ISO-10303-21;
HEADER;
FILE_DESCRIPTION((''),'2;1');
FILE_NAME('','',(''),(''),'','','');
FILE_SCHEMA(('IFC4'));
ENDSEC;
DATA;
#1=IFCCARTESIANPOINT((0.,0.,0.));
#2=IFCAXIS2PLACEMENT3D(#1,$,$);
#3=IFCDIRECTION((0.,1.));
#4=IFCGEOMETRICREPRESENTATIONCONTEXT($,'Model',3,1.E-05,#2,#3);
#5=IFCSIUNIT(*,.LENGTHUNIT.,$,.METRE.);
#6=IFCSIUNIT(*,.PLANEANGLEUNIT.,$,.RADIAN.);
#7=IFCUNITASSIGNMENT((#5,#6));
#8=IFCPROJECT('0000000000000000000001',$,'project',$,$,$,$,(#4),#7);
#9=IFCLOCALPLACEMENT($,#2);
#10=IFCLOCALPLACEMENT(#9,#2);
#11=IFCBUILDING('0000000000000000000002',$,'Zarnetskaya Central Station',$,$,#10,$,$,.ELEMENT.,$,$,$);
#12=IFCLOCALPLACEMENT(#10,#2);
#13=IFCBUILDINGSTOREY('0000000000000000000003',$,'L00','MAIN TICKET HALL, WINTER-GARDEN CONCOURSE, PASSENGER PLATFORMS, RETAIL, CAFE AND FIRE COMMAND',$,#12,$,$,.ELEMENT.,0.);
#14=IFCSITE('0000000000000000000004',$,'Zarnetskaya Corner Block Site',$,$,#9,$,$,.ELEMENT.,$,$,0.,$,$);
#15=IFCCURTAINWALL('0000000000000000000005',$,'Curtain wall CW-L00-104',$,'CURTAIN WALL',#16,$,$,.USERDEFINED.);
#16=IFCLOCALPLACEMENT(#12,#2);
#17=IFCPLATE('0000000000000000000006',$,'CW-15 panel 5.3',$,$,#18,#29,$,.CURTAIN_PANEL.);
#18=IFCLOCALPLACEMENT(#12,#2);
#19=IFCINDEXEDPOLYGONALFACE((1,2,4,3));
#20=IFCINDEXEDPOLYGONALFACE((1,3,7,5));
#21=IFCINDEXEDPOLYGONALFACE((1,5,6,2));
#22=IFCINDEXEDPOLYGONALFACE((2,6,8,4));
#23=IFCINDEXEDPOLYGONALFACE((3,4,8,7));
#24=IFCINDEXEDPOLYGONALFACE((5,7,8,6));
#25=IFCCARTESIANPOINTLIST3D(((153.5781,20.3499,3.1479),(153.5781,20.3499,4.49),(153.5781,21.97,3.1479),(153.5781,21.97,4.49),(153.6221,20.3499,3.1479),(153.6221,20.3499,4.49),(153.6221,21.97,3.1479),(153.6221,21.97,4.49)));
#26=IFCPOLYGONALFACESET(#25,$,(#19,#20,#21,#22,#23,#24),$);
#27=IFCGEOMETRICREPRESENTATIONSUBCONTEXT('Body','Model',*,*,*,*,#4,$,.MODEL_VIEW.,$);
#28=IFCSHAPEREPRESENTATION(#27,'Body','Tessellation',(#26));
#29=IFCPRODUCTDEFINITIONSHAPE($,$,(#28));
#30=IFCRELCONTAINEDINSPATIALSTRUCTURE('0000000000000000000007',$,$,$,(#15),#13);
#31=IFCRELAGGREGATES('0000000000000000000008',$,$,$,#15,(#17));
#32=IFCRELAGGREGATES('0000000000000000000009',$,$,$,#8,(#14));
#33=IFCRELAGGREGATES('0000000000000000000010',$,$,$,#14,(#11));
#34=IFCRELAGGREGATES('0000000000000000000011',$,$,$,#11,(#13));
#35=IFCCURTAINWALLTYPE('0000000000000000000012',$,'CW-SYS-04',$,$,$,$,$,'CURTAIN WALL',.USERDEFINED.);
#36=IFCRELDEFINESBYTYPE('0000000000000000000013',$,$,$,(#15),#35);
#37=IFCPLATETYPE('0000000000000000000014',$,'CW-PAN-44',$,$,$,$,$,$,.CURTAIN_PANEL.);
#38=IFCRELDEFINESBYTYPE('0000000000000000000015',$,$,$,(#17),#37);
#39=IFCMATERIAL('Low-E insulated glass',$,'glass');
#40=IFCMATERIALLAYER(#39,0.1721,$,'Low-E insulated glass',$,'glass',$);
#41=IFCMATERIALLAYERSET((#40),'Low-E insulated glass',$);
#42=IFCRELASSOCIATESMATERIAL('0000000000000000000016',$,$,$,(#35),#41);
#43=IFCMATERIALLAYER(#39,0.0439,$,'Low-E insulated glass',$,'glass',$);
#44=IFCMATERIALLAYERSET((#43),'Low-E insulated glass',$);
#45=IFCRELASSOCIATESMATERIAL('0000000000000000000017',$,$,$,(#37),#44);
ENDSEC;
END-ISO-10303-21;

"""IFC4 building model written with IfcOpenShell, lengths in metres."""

from ifc_helpers import new_model, si_unit, direction, frame, origin, origin_2d, place, context, subcontext, project, spatial, rectangle, extrude, material, layer, layer_set, type_object, element, aggregate, save


model = new_model("IFC4")

# Units and contexts
model_context = context("Model", 3, precision=1e-05, world=origin(), true_north=direction((0.0, 1.0)))
body_context = subcontext(model_context, "Body", "Model", "MODEL_VIEW")
ifc_project = project(units=[si_unit("LENGTHUNIT", "METRE"), si_unit("PLANEANGLEUNIT", "RADIAN")], contexts=[model_context])

# Site, building, storey
site_placement = place(None, origin())
site = spatial("IfcSite", under=ifc_project, at=site_placement, Name="Zarnetskaya Corner Block Site", CompositionType="ELEMENT", RefElevation=0.0)
building_placement = place(site_placement, origin())
building = spatial("IfcBuilding", under=site, at=building_placement, Name="Zarnetskaya Central Station", CompositionType="ELEMENT")
storey_placement = place(building_placement, origin())
storey = spatial("IfcBuildingStorey", under=building, at=storey_placement, Name="L00", Description="MAIN TICKET HALL, WINTER-GARDEN CONCOURSE, PASSENGER PLATFORMS, RETAIL, CAFE AND FIRE COMMAND", CompositionType="ELEMENT", Elevation=0.0)

# Shared definitions
ifc_material_1 = material(Name="Low-E insulated glass", Category="glass")
ifc_layer_1 = layer(ifc_material_1, 0.1721, Name="Low-E insulated glass", Category="glass")
ifc_layer_set_1 = layer_set([ifc_layer_1], Name="Low-E insulated glass")
curtain_wall_type = type_object("IfcCurtainWallType", Name="CW-SYS-04", ElementType="CURTAIN WALL", PredefinedType="USERDEFINED", material=ifc_layer_set_1)

# Curtain wall
curtain_wall_1_placement = place(storey_placement, origin())
curtain_wall_1 = element("IfcCurtainWall", 1, at=curtain_wall_1_placement, inside=storey, type_object=curtain_wall_type, Name="Curtain wall CW-L00-104", ObjectType="CURTAIN WALL", PredefinedType="USERDEFINED")

# Plate
ifc_layer_2 = layer(ifc_material_1, 0.0439, Name="Low-E insulated glass", Category="glass")
ifc_layer_set_2 = layer_set([ifc_layer_2], Name="Low-E insulated glass")
plate_type_1 = type_object("IfcPlateType", Name="CW-PAN-44", PredefinedType="CURTAIN_PANEL", material=ifc_layer_set_2)
plate_1_placement = place(storey_placement, frame((153.6001, 21.1599, 3.1479), z_axis=(0.0, 0.0, 1.0), x_axis=(0.0, 1.0, 0.0)))
plate_1 = element("IfcPlate", 2, at=plate_1_placement, type_object=plate_type_1, Name="CW-15 panel 5.3", PredefinedType="CURTAIN_PANEL", context=body_context, shape_type="SweptSolid", body=[
    extrude(rectangle(XDim=1.6201, YDim=0.0439, at=origin_2d()), origin(), (0.0, 0.0, 1.0), 1.342),
])
aggregate(curtain_wall_1, [plate_1])

save(model, "model.ifc")
